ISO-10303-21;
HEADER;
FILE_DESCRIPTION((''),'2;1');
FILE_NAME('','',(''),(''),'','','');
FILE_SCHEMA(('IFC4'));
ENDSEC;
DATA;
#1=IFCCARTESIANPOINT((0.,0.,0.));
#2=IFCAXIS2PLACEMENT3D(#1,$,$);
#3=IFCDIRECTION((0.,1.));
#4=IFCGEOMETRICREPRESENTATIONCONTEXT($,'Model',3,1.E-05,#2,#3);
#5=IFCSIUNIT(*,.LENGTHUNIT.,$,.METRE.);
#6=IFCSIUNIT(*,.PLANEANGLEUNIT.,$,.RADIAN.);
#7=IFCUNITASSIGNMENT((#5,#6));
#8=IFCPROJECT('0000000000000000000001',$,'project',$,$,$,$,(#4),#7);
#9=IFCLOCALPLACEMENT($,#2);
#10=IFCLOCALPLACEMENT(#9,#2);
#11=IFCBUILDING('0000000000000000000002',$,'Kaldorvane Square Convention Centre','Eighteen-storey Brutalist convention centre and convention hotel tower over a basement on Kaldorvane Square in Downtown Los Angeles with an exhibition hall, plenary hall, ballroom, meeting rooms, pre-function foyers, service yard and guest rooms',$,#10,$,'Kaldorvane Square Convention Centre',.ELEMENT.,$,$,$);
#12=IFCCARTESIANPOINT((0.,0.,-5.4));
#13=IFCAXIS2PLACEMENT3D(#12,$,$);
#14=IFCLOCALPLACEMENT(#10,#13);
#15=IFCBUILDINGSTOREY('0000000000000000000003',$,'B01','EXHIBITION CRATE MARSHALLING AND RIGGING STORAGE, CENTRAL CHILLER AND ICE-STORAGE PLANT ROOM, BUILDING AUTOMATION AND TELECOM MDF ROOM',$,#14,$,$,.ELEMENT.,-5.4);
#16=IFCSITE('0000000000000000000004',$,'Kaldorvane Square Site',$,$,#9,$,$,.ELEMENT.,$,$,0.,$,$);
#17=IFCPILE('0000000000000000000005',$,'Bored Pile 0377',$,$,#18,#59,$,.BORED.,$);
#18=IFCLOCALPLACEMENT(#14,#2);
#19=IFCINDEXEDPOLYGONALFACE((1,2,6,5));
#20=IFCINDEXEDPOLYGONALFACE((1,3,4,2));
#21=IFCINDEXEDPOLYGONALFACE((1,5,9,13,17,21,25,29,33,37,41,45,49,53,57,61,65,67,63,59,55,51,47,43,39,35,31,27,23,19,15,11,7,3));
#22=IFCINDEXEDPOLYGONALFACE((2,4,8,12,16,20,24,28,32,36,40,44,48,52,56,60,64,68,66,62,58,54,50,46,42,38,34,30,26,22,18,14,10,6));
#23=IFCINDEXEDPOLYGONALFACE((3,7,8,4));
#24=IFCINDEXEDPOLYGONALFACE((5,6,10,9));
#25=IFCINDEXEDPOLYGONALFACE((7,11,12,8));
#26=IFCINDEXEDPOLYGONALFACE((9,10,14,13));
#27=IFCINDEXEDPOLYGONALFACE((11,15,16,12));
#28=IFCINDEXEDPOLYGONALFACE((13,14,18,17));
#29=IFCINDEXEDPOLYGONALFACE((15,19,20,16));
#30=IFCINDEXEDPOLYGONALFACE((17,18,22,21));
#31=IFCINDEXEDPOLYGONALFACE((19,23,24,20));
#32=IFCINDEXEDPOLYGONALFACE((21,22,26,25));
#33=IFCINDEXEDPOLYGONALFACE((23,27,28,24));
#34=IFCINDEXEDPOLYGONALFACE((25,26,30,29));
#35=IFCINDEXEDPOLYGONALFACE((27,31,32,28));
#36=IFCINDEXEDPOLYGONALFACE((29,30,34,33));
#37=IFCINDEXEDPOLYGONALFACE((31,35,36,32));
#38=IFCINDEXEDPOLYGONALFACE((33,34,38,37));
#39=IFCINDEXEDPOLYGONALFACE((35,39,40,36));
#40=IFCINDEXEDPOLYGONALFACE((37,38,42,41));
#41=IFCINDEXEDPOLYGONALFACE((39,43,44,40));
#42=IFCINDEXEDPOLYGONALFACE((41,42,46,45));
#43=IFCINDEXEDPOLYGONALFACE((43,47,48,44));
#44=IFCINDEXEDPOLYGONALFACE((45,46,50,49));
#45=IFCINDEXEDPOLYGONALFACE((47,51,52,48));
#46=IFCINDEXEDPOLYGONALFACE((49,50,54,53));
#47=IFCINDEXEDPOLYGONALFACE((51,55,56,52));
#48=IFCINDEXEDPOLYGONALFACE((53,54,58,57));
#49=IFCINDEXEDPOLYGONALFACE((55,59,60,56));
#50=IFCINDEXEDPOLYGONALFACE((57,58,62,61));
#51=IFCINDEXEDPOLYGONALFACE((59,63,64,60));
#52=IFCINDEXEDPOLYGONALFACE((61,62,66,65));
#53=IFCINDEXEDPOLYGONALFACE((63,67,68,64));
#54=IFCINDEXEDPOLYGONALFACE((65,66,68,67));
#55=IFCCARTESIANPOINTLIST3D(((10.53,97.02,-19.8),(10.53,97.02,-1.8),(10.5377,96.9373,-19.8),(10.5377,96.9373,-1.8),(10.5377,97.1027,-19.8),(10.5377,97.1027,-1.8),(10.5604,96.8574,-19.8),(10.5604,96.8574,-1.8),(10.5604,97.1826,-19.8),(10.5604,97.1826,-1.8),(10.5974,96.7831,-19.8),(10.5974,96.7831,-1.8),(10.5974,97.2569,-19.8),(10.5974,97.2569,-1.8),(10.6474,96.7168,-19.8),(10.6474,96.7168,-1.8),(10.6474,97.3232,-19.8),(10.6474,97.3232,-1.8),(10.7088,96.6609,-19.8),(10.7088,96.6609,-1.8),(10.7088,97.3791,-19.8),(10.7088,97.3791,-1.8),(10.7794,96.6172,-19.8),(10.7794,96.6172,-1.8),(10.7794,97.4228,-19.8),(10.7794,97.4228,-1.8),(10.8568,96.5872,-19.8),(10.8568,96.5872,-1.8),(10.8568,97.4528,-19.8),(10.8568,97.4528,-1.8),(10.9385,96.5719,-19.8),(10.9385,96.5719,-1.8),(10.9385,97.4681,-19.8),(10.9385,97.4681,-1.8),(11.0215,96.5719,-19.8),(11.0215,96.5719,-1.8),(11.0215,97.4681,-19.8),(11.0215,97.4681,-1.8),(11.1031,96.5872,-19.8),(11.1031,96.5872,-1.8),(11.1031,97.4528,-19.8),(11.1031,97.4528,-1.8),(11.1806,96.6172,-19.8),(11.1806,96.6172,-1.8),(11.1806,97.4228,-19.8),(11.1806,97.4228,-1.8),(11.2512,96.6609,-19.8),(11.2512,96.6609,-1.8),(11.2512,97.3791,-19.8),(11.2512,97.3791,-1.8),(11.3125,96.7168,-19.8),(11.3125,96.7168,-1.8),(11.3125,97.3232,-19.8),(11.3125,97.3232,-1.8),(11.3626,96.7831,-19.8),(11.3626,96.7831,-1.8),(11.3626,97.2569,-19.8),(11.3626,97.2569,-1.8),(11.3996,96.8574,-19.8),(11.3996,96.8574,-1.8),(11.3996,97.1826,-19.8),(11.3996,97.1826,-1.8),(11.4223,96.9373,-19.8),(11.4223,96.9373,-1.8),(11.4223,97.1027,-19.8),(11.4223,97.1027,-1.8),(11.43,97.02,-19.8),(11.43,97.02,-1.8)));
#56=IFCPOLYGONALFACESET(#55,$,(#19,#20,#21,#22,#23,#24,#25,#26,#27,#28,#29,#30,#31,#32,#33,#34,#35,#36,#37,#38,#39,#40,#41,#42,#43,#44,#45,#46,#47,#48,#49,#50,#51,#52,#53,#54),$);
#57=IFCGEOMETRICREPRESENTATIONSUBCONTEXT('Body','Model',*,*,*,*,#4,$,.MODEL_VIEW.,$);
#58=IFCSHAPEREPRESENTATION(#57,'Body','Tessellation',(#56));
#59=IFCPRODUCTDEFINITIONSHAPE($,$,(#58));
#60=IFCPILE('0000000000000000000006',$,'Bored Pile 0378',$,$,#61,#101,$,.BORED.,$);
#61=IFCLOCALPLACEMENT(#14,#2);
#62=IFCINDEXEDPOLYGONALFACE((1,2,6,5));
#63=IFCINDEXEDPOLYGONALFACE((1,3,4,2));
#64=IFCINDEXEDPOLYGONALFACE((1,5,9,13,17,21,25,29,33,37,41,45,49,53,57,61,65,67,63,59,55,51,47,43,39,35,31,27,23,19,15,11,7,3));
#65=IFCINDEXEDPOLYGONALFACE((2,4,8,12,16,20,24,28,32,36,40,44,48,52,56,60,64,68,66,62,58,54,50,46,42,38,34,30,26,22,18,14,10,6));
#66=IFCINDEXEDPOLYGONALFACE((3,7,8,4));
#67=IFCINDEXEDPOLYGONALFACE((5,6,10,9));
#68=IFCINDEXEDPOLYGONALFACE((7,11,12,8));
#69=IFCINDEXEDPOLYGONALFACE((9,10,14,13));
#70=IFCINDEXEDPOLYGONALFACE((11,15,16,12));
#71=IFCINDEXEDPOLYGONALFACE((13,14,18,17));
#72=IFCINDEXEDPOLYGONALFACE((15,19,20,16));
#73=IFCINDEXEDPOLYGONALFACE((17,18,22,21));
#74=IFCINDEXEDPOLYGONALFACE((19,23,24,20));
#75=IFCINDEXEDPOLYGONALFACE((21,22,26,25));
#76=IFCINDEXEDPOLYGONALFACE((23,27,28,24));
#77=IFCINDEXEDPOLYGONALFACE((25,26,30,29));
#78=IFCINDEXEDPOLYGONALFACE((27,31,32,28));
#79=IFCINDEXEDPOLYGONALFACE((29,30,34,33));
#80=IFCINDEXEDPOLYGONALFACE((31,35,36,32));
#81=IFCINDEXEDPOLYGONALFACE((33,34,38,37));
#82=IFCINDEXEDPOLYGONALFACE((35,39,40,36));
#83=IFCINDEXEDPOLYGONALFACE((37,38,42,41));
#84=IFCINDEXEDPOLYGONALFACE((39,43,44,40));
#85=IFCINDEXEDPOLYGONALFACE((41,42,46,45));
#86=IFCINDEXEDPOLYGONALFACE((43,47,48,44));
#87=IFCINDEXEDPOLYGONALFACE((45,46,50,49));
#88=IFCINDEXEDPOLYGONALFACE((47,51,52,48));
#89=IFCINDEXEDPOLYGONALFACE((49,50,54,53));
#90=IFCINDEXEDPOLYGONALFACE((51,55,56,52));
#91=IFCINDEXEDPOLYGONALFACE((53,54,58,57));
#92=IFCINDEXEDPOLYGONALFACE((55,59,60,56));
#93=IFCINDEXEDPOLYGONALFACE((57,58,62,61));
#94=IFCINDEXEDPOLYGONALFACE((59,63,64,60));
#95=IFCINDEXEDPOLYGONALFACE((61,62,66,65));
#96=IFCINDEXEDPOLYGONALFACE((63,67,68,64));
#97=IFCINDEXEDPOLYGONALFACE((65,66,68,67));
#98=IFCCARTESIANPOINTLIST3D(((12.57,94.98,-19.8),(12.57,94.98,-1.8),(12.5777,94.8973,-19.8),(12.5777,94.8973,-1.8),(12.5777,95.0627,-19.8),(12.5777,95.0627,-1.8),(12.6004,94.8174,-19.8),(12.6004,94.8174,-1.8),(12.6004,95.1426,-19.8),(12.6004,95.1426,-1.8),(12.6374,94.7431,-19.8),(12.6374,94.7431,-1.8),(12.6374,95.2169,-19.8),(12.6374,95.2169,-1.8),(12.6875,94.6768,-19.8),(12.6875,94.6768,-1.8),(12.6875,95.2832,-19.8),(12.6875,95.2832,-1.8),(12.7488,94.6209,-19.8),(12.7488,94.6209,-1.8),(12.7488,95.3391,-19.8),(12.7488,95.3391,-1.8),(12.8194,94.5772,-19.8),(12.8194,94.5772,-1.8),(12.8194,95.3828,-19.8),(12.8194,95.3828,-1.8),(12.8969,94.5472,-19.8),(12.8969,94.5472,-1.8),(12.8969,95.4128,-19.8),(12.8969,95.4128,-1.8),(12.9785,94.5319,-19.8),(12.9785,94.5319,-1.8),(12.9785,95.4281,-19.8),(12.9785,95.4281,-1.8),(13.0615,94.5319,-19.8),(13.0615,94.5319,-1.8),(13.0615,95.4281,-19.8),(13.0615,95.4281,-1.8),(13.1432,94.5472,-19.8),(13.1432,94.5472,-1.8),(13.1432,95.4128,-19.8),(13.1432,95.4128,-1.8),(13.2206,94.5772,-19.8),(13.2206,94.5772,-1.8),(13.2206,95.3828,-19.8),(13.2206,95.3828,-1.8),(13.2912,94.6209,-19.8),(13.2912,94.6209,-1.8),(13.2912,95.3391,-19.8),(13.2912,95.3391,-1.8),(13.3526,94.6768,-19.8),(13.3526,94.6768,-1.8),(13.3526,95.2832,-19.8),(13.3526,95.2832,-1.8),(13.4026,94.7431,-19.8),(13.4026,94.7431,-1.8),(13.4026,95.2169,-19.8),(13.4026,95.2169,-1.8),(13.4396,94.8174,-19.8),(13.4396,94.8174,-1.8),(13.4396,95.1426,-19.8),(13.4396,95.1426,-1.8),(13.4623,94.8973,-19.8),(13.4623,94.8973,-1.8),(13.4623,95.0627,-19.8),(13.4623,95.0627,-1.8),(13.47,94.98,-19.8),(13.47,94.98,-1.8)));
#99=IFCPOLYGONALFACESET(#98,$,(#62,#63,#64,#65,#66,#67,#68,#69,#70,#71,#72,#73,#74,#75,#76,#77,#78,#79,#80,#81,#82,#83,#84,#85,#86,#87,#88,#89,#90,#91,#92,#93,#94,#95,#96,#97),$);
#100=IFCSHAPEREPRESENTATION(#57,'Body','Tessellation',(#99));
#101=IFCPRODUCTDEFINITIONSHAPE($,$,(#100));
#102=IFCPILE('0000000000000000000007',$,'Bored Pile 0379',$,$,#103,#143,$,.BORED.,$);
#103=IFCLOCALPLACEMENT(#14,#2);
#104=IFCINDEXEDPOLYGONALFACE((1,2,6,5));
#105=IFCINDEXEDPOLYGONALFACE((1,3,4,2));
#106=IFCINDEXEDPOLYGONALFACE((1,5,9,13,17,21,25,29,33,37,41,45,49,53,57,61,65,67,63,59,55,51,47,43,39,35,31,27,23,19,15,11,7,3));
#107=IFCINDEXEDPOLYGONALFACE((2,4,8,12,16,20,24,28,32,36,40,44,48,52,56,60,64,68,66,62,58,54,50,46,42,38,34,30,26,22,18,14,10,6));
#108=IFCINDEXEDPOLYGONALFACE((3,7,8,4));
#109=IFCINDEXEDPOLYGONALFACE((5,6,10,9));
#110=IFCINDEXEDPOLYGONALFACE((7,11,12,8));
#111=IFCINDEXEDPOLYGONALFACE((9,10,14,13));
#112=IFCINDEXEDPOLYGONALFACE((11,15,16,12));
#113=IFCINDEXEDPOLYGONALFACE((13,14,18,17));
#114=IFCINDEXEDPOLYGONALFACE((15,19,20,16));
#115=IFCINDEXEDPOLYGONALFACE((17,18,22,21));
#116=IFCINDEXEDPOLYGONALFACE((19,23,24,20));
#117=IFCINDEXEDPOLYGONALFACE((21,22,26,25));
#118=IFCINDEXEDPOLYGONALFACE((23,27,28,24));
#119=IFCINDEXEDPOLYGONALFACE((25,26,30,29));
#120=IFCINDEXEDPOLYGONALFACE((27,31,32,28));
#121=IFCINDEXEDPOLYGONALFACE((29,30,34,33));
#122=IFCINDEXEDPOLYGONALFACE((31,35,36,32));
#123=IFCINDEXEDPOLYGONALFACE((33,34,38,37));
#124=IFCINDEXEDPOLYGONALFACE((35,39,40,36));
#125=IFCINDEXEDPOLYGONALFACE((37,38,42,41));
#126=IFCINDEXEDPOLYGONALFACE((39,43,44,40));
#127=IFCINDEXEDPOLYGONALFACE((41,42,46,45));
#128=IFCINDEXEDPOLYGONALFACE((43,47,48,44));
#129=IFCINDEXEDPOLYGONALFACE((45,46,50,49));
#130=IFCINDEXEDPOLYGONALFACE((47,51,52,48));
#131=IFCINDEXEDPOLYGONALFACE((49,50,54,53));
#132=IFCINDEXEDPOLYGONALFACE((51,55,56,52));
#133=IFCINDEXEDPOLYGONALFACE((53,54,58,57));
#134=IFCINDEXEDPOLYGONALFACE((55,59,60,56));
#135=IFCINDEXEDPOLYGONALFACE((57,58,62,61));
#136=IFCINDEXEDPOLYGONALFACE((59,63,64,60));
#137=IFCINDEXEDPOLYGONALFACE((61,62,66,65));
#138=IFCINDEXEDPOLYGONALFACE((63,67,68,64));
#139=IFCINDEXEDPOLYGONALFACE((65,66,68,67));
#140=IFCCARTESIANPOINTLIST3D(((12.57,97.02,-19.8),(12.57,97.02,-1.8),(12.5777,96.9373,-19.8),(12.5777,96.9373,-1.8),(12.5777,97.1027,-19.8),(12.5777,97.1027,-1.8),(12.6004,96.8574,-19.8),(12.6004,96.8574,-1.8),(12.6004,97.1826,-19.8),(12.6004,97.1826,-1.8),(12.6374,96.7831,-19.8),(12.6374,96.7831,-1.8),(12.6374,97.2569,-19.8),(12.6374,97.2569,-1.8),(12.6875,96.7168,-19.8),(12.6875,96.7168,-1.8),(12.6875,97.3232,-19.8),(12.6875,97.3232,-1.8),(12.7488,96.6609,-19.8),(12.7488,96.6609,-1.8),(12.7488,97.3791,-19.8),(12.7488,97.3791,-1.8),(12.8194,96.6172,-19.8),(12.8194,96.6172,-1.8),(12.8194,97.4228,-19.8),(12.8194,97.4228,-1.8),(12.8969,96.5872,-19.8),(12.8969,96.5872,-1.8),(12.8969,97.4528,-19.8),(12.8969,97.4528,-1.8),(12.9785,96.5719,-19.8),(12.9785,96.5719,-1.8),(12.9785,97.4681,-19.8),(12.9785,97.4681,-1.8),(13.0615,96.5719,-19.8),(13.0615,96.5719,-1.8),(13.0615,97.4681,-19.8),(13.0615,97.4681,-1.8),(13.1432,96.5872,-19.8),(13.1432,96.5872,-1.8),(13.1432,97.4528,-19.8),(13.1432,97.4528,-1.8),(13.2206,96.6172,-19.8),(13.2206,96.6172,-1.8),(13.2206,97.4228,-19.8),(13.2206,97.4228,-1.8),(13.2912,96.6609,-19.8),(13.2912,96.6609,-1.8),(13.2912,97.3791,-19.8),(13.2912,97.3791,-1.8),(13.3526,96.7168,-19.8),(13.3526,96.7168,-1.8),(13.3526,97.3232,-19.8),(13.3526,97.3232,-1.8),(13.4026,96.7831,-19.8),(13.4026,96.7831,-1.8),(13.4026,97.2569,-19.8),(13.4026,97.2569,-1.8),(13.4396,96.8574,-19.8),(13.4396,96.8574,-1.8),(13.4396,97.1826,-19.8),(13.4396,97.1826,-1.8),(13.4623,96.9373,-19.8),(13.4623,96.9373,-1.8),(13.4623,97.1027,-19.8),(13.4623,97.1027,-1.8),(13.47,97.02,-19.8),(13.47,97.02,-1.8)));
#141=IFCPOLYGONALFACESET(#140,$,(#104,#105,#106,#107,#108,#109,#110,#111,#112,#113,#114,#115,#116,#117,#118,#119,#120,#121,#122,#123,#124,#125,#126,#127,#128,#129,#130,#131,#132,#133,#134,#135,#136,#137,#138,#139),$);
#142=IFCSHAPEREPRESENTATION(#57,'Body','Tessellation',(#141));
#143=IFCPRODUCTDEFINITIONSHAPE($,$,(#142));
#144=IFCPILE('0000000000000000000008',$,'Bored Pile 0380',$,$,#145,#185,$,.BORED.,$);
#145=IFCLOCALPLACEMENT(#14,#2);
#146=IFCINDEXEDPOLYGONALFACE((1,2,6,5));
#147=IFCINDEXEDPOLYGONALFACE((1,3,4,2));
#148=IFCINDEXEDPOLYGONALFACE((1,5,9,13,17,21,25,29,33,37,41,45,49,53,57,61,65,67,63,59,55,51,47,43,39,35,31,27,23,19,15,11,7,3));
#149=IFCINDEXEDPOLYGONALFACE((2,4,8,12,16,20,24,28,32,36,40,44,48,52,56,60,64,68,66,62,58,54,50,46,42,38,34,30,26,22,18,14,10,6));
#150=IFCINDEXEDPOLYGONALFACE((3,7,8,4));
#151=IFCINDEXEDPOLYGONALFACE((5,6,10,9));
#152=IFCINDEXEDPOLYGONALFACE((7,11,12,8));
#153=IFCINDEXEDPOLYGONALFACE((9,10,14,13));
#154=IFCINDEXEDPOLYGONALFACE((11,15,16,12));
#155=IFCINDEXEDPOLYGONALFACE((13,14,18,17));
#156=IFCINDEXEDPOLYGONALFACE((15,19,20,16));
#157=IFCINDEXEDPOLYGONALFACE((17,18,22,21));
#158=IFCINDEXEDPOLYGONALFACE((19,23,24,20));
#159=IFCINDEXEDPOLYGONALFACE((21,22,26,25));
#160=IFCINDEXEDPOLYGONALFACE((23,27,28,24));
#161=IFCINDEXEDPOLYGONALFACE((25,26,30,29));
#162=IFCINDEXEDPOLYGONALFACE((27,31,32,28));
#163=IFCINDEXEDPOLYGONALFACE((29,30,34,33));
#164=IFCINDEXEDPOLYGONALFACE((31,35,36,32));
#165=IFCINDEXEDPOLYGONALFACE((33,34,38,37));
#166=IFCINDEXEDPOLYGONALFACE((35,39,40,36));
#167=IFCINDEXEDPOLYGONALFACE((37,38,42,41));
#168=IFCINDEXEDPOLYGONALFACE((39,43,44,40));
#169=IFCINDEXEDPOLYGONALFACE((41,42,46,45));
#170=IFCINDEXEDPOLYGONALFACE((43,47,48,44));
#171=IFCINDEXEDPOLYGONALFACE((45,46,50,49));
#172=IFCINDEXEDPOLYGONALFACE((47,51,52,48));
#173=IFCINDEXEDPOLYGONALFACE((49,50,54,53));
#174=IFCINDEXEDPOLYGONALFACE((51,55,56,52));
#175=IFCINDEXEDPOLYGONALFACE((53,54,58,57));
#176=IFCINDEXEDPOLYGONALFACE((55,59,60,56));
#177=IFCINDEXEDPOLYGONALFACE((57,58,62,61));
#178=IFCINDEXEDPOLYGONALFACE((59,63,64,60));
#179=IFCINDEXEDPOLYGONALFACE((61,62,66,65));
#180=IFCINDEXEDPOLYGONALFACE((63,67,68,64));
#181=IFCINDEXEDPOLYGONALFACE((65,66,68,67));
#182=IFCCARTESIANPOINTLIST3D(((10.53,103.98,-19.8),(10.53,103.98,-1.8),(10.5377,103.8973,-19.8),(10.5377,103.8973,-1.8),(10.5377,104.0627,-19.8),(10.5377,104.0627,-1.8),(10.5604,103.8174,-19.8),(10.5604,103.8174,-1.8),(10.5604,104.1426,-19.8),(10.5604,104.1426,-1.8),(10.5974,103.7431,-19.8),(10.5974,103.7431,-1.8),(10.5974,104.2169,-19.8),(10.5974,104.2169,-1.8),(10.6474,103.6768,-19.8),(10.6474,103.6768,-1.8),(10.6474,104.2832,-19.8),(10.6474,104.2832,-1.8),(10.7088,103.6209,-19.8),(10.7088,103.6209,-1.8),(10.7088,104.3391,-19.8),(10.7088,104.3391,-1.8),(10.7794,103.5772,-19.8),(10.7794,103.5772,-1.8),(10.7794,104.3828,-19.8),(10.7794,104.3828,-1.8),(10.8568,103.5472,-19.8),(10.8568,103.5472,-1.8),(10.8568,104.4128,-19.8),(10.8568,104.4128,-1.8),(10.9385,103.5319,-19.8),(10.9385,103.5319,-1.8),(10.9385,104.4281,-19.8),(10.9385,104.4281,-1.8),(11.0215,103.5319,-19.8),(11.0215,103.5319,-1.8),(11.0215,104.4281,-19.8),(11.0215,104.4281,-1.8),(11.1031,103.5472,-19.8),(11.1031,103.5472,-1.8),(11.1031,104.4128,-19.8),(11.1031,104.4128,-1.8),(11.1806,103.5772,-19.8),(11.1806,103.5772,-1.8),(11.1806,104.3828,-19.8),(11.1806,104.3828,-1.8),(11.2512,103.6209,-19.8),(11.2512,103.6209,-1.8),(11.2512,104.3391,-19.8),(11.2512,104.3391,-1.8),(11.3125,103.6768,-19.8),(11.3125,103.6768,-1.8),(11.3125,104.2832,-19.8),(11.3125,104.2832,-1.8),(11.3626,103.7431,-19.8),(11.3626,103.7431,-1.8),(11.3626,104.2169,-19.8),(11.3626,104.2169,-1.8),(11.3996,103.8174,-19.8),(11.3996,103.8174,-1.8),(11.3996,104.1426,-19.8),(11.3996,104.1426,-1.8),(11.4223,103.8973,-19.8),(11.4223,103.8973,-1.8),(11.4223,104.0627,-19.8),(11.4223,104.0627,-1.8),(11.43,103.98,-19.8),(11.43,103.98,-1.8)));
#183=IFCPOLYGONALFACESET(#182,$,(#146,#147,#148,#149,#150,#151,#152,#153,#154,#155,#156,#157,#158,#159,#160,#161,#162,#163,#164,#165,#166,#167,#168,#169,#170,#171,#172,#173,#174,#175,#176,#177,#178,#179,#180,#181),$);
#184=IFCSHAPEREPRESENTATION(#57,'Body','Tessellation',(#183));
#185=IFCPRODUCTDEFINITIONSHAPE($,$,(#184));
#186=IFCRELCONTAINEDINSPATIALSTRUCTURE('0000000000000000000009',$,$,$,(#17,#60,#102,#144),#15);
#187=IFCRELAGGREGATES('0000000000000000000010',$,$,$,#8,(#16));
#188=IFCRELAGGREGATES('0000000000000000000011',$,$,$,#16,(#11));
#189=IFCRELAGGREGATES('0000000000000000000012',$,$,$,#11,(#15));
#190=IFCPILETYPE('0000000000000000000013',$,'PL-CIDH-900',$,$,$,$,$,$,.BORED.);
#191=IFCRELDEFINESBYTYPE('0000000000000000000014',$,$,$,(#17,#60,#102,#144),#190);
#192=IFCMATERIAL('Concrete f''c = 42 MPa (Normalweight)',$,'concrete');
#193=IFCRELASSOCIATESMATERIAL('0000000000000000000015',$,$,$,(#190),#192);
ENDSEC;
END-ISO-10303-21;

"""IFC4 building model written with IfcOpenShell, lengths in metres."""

from ifc_helpers import new_model, si_unit, direction, frame, origin, origin_2d, place, context, subcontext, project, spatial, circle, extrude, material, material_profile, profile_set, type_object, element, save


model = new_model("IFC4")

# Units and contexts
model_context = context("Model", 3, precision=1e-05, world=origin(), true_north=direction((0.0, 1.0)))
body_context = subcontext(model_context, "Body", "Model", "MODEL_VIEW")
ifc_project = project(units=[si_unit("LENGTHUNIT", "METRE"), si_unit("PLANEANGLEUNIT", "RADIAN")], contexts=[model_context])

# Site, building, storey
site_placement = place(None, origin())
site = spatial("IfcSite", under=ifc_project, at=site_placement, Name="Kaldorvane Square Site", CompositionType="ELEMENT", RefElevation=0.0)
building_placement = place(site_placement, origin())
building = spatial("IfcBuilding", under=site, at=building_placement, Name="Kaldorvane Square Convention Centre", Description="Eighteen-storey Brutalist convention centre and convention hotel tower over a basement on Kaldorvane Square in Downtown Los Angeles with an exhibition hall, plenary hall, ballroom, meeting rooms, pre-function foyers, service yard and guest rooms", LongName="Kaldorvane Square Convention Centre", CompositionType="ELEMENT")
storey_placement = place(building_placement, frame((0.0, 0.0, -5.4)))
storey = spatial("IfcBuildingStorey", under=building, at=storey_placement, Name="B01", Description="EXHIBITION CRATE MARSHALLING AND RIGGING STORAGE, CENTRAL CHILLER AND ICE-STORAGE PLANT ROOM, BUILDING AUTOMATION AND TELECOM MDF ROOM", CompositionType="ELEMENT", Elevation=-5.4)

# Shared definitions
ifc_material_1 = material(Name="Concrete f'c = 42 MPa (Normalweight)", Category="concrete")

# Piles
ifc_material_profile_1 = material_profile(ifc_material_1, circle(Radius=0.45, at=origin_2d()), Name="PILE-D900")
ifc_profile_set_1 = profile_set([ifc_material_profile_1], Name="Concrete f'c = 42 MPa (Normalweight)")
pile_type_1 = type_object("IfcPileType", Name="PL-CIDH-900", PredefinedType="BORED", material=ifc_profile_set_1)
for number, where, z_axis, x_axis, name in (
    (1, (10.98, 97.02, -1.8), (0.0, 0.0, -1.0), (1.0, 0.0, 0.0), "Bored Pile 0377"),
    (2, (13.02, 94.98, -1.8), (0.0, 0.0, -1.0), (1.0, 0.0, 0.0), "Bored Pile 0378"),
    (3, (13.02, 97.02, -1.8), (0.0, 0.0, -1.0), (1.0, 0.0, 0.0), "Bored Pile 0379"),
    (4, (10.98, 103.98, -1.8), (0.0, 0.0, -1.0), (1.0, 0.0, 0.0), "Bored Pile 0380"),
):
    element("IfcPile", number, at=place(storey_placement, frame(where, z_axis=z_axis, x_axis=x_axis)), inside=storey, type_object=pile_type_1, Name=name, PredefinedType="BORED", context=body_context, shape_type="SweptSolid", body=[
        extrude(circle(Radius=0.45, at=origin_2d()), origin(), (0.0, 0.0, 1.0), 18.0),
    ])

save(model, "model.ifc")
